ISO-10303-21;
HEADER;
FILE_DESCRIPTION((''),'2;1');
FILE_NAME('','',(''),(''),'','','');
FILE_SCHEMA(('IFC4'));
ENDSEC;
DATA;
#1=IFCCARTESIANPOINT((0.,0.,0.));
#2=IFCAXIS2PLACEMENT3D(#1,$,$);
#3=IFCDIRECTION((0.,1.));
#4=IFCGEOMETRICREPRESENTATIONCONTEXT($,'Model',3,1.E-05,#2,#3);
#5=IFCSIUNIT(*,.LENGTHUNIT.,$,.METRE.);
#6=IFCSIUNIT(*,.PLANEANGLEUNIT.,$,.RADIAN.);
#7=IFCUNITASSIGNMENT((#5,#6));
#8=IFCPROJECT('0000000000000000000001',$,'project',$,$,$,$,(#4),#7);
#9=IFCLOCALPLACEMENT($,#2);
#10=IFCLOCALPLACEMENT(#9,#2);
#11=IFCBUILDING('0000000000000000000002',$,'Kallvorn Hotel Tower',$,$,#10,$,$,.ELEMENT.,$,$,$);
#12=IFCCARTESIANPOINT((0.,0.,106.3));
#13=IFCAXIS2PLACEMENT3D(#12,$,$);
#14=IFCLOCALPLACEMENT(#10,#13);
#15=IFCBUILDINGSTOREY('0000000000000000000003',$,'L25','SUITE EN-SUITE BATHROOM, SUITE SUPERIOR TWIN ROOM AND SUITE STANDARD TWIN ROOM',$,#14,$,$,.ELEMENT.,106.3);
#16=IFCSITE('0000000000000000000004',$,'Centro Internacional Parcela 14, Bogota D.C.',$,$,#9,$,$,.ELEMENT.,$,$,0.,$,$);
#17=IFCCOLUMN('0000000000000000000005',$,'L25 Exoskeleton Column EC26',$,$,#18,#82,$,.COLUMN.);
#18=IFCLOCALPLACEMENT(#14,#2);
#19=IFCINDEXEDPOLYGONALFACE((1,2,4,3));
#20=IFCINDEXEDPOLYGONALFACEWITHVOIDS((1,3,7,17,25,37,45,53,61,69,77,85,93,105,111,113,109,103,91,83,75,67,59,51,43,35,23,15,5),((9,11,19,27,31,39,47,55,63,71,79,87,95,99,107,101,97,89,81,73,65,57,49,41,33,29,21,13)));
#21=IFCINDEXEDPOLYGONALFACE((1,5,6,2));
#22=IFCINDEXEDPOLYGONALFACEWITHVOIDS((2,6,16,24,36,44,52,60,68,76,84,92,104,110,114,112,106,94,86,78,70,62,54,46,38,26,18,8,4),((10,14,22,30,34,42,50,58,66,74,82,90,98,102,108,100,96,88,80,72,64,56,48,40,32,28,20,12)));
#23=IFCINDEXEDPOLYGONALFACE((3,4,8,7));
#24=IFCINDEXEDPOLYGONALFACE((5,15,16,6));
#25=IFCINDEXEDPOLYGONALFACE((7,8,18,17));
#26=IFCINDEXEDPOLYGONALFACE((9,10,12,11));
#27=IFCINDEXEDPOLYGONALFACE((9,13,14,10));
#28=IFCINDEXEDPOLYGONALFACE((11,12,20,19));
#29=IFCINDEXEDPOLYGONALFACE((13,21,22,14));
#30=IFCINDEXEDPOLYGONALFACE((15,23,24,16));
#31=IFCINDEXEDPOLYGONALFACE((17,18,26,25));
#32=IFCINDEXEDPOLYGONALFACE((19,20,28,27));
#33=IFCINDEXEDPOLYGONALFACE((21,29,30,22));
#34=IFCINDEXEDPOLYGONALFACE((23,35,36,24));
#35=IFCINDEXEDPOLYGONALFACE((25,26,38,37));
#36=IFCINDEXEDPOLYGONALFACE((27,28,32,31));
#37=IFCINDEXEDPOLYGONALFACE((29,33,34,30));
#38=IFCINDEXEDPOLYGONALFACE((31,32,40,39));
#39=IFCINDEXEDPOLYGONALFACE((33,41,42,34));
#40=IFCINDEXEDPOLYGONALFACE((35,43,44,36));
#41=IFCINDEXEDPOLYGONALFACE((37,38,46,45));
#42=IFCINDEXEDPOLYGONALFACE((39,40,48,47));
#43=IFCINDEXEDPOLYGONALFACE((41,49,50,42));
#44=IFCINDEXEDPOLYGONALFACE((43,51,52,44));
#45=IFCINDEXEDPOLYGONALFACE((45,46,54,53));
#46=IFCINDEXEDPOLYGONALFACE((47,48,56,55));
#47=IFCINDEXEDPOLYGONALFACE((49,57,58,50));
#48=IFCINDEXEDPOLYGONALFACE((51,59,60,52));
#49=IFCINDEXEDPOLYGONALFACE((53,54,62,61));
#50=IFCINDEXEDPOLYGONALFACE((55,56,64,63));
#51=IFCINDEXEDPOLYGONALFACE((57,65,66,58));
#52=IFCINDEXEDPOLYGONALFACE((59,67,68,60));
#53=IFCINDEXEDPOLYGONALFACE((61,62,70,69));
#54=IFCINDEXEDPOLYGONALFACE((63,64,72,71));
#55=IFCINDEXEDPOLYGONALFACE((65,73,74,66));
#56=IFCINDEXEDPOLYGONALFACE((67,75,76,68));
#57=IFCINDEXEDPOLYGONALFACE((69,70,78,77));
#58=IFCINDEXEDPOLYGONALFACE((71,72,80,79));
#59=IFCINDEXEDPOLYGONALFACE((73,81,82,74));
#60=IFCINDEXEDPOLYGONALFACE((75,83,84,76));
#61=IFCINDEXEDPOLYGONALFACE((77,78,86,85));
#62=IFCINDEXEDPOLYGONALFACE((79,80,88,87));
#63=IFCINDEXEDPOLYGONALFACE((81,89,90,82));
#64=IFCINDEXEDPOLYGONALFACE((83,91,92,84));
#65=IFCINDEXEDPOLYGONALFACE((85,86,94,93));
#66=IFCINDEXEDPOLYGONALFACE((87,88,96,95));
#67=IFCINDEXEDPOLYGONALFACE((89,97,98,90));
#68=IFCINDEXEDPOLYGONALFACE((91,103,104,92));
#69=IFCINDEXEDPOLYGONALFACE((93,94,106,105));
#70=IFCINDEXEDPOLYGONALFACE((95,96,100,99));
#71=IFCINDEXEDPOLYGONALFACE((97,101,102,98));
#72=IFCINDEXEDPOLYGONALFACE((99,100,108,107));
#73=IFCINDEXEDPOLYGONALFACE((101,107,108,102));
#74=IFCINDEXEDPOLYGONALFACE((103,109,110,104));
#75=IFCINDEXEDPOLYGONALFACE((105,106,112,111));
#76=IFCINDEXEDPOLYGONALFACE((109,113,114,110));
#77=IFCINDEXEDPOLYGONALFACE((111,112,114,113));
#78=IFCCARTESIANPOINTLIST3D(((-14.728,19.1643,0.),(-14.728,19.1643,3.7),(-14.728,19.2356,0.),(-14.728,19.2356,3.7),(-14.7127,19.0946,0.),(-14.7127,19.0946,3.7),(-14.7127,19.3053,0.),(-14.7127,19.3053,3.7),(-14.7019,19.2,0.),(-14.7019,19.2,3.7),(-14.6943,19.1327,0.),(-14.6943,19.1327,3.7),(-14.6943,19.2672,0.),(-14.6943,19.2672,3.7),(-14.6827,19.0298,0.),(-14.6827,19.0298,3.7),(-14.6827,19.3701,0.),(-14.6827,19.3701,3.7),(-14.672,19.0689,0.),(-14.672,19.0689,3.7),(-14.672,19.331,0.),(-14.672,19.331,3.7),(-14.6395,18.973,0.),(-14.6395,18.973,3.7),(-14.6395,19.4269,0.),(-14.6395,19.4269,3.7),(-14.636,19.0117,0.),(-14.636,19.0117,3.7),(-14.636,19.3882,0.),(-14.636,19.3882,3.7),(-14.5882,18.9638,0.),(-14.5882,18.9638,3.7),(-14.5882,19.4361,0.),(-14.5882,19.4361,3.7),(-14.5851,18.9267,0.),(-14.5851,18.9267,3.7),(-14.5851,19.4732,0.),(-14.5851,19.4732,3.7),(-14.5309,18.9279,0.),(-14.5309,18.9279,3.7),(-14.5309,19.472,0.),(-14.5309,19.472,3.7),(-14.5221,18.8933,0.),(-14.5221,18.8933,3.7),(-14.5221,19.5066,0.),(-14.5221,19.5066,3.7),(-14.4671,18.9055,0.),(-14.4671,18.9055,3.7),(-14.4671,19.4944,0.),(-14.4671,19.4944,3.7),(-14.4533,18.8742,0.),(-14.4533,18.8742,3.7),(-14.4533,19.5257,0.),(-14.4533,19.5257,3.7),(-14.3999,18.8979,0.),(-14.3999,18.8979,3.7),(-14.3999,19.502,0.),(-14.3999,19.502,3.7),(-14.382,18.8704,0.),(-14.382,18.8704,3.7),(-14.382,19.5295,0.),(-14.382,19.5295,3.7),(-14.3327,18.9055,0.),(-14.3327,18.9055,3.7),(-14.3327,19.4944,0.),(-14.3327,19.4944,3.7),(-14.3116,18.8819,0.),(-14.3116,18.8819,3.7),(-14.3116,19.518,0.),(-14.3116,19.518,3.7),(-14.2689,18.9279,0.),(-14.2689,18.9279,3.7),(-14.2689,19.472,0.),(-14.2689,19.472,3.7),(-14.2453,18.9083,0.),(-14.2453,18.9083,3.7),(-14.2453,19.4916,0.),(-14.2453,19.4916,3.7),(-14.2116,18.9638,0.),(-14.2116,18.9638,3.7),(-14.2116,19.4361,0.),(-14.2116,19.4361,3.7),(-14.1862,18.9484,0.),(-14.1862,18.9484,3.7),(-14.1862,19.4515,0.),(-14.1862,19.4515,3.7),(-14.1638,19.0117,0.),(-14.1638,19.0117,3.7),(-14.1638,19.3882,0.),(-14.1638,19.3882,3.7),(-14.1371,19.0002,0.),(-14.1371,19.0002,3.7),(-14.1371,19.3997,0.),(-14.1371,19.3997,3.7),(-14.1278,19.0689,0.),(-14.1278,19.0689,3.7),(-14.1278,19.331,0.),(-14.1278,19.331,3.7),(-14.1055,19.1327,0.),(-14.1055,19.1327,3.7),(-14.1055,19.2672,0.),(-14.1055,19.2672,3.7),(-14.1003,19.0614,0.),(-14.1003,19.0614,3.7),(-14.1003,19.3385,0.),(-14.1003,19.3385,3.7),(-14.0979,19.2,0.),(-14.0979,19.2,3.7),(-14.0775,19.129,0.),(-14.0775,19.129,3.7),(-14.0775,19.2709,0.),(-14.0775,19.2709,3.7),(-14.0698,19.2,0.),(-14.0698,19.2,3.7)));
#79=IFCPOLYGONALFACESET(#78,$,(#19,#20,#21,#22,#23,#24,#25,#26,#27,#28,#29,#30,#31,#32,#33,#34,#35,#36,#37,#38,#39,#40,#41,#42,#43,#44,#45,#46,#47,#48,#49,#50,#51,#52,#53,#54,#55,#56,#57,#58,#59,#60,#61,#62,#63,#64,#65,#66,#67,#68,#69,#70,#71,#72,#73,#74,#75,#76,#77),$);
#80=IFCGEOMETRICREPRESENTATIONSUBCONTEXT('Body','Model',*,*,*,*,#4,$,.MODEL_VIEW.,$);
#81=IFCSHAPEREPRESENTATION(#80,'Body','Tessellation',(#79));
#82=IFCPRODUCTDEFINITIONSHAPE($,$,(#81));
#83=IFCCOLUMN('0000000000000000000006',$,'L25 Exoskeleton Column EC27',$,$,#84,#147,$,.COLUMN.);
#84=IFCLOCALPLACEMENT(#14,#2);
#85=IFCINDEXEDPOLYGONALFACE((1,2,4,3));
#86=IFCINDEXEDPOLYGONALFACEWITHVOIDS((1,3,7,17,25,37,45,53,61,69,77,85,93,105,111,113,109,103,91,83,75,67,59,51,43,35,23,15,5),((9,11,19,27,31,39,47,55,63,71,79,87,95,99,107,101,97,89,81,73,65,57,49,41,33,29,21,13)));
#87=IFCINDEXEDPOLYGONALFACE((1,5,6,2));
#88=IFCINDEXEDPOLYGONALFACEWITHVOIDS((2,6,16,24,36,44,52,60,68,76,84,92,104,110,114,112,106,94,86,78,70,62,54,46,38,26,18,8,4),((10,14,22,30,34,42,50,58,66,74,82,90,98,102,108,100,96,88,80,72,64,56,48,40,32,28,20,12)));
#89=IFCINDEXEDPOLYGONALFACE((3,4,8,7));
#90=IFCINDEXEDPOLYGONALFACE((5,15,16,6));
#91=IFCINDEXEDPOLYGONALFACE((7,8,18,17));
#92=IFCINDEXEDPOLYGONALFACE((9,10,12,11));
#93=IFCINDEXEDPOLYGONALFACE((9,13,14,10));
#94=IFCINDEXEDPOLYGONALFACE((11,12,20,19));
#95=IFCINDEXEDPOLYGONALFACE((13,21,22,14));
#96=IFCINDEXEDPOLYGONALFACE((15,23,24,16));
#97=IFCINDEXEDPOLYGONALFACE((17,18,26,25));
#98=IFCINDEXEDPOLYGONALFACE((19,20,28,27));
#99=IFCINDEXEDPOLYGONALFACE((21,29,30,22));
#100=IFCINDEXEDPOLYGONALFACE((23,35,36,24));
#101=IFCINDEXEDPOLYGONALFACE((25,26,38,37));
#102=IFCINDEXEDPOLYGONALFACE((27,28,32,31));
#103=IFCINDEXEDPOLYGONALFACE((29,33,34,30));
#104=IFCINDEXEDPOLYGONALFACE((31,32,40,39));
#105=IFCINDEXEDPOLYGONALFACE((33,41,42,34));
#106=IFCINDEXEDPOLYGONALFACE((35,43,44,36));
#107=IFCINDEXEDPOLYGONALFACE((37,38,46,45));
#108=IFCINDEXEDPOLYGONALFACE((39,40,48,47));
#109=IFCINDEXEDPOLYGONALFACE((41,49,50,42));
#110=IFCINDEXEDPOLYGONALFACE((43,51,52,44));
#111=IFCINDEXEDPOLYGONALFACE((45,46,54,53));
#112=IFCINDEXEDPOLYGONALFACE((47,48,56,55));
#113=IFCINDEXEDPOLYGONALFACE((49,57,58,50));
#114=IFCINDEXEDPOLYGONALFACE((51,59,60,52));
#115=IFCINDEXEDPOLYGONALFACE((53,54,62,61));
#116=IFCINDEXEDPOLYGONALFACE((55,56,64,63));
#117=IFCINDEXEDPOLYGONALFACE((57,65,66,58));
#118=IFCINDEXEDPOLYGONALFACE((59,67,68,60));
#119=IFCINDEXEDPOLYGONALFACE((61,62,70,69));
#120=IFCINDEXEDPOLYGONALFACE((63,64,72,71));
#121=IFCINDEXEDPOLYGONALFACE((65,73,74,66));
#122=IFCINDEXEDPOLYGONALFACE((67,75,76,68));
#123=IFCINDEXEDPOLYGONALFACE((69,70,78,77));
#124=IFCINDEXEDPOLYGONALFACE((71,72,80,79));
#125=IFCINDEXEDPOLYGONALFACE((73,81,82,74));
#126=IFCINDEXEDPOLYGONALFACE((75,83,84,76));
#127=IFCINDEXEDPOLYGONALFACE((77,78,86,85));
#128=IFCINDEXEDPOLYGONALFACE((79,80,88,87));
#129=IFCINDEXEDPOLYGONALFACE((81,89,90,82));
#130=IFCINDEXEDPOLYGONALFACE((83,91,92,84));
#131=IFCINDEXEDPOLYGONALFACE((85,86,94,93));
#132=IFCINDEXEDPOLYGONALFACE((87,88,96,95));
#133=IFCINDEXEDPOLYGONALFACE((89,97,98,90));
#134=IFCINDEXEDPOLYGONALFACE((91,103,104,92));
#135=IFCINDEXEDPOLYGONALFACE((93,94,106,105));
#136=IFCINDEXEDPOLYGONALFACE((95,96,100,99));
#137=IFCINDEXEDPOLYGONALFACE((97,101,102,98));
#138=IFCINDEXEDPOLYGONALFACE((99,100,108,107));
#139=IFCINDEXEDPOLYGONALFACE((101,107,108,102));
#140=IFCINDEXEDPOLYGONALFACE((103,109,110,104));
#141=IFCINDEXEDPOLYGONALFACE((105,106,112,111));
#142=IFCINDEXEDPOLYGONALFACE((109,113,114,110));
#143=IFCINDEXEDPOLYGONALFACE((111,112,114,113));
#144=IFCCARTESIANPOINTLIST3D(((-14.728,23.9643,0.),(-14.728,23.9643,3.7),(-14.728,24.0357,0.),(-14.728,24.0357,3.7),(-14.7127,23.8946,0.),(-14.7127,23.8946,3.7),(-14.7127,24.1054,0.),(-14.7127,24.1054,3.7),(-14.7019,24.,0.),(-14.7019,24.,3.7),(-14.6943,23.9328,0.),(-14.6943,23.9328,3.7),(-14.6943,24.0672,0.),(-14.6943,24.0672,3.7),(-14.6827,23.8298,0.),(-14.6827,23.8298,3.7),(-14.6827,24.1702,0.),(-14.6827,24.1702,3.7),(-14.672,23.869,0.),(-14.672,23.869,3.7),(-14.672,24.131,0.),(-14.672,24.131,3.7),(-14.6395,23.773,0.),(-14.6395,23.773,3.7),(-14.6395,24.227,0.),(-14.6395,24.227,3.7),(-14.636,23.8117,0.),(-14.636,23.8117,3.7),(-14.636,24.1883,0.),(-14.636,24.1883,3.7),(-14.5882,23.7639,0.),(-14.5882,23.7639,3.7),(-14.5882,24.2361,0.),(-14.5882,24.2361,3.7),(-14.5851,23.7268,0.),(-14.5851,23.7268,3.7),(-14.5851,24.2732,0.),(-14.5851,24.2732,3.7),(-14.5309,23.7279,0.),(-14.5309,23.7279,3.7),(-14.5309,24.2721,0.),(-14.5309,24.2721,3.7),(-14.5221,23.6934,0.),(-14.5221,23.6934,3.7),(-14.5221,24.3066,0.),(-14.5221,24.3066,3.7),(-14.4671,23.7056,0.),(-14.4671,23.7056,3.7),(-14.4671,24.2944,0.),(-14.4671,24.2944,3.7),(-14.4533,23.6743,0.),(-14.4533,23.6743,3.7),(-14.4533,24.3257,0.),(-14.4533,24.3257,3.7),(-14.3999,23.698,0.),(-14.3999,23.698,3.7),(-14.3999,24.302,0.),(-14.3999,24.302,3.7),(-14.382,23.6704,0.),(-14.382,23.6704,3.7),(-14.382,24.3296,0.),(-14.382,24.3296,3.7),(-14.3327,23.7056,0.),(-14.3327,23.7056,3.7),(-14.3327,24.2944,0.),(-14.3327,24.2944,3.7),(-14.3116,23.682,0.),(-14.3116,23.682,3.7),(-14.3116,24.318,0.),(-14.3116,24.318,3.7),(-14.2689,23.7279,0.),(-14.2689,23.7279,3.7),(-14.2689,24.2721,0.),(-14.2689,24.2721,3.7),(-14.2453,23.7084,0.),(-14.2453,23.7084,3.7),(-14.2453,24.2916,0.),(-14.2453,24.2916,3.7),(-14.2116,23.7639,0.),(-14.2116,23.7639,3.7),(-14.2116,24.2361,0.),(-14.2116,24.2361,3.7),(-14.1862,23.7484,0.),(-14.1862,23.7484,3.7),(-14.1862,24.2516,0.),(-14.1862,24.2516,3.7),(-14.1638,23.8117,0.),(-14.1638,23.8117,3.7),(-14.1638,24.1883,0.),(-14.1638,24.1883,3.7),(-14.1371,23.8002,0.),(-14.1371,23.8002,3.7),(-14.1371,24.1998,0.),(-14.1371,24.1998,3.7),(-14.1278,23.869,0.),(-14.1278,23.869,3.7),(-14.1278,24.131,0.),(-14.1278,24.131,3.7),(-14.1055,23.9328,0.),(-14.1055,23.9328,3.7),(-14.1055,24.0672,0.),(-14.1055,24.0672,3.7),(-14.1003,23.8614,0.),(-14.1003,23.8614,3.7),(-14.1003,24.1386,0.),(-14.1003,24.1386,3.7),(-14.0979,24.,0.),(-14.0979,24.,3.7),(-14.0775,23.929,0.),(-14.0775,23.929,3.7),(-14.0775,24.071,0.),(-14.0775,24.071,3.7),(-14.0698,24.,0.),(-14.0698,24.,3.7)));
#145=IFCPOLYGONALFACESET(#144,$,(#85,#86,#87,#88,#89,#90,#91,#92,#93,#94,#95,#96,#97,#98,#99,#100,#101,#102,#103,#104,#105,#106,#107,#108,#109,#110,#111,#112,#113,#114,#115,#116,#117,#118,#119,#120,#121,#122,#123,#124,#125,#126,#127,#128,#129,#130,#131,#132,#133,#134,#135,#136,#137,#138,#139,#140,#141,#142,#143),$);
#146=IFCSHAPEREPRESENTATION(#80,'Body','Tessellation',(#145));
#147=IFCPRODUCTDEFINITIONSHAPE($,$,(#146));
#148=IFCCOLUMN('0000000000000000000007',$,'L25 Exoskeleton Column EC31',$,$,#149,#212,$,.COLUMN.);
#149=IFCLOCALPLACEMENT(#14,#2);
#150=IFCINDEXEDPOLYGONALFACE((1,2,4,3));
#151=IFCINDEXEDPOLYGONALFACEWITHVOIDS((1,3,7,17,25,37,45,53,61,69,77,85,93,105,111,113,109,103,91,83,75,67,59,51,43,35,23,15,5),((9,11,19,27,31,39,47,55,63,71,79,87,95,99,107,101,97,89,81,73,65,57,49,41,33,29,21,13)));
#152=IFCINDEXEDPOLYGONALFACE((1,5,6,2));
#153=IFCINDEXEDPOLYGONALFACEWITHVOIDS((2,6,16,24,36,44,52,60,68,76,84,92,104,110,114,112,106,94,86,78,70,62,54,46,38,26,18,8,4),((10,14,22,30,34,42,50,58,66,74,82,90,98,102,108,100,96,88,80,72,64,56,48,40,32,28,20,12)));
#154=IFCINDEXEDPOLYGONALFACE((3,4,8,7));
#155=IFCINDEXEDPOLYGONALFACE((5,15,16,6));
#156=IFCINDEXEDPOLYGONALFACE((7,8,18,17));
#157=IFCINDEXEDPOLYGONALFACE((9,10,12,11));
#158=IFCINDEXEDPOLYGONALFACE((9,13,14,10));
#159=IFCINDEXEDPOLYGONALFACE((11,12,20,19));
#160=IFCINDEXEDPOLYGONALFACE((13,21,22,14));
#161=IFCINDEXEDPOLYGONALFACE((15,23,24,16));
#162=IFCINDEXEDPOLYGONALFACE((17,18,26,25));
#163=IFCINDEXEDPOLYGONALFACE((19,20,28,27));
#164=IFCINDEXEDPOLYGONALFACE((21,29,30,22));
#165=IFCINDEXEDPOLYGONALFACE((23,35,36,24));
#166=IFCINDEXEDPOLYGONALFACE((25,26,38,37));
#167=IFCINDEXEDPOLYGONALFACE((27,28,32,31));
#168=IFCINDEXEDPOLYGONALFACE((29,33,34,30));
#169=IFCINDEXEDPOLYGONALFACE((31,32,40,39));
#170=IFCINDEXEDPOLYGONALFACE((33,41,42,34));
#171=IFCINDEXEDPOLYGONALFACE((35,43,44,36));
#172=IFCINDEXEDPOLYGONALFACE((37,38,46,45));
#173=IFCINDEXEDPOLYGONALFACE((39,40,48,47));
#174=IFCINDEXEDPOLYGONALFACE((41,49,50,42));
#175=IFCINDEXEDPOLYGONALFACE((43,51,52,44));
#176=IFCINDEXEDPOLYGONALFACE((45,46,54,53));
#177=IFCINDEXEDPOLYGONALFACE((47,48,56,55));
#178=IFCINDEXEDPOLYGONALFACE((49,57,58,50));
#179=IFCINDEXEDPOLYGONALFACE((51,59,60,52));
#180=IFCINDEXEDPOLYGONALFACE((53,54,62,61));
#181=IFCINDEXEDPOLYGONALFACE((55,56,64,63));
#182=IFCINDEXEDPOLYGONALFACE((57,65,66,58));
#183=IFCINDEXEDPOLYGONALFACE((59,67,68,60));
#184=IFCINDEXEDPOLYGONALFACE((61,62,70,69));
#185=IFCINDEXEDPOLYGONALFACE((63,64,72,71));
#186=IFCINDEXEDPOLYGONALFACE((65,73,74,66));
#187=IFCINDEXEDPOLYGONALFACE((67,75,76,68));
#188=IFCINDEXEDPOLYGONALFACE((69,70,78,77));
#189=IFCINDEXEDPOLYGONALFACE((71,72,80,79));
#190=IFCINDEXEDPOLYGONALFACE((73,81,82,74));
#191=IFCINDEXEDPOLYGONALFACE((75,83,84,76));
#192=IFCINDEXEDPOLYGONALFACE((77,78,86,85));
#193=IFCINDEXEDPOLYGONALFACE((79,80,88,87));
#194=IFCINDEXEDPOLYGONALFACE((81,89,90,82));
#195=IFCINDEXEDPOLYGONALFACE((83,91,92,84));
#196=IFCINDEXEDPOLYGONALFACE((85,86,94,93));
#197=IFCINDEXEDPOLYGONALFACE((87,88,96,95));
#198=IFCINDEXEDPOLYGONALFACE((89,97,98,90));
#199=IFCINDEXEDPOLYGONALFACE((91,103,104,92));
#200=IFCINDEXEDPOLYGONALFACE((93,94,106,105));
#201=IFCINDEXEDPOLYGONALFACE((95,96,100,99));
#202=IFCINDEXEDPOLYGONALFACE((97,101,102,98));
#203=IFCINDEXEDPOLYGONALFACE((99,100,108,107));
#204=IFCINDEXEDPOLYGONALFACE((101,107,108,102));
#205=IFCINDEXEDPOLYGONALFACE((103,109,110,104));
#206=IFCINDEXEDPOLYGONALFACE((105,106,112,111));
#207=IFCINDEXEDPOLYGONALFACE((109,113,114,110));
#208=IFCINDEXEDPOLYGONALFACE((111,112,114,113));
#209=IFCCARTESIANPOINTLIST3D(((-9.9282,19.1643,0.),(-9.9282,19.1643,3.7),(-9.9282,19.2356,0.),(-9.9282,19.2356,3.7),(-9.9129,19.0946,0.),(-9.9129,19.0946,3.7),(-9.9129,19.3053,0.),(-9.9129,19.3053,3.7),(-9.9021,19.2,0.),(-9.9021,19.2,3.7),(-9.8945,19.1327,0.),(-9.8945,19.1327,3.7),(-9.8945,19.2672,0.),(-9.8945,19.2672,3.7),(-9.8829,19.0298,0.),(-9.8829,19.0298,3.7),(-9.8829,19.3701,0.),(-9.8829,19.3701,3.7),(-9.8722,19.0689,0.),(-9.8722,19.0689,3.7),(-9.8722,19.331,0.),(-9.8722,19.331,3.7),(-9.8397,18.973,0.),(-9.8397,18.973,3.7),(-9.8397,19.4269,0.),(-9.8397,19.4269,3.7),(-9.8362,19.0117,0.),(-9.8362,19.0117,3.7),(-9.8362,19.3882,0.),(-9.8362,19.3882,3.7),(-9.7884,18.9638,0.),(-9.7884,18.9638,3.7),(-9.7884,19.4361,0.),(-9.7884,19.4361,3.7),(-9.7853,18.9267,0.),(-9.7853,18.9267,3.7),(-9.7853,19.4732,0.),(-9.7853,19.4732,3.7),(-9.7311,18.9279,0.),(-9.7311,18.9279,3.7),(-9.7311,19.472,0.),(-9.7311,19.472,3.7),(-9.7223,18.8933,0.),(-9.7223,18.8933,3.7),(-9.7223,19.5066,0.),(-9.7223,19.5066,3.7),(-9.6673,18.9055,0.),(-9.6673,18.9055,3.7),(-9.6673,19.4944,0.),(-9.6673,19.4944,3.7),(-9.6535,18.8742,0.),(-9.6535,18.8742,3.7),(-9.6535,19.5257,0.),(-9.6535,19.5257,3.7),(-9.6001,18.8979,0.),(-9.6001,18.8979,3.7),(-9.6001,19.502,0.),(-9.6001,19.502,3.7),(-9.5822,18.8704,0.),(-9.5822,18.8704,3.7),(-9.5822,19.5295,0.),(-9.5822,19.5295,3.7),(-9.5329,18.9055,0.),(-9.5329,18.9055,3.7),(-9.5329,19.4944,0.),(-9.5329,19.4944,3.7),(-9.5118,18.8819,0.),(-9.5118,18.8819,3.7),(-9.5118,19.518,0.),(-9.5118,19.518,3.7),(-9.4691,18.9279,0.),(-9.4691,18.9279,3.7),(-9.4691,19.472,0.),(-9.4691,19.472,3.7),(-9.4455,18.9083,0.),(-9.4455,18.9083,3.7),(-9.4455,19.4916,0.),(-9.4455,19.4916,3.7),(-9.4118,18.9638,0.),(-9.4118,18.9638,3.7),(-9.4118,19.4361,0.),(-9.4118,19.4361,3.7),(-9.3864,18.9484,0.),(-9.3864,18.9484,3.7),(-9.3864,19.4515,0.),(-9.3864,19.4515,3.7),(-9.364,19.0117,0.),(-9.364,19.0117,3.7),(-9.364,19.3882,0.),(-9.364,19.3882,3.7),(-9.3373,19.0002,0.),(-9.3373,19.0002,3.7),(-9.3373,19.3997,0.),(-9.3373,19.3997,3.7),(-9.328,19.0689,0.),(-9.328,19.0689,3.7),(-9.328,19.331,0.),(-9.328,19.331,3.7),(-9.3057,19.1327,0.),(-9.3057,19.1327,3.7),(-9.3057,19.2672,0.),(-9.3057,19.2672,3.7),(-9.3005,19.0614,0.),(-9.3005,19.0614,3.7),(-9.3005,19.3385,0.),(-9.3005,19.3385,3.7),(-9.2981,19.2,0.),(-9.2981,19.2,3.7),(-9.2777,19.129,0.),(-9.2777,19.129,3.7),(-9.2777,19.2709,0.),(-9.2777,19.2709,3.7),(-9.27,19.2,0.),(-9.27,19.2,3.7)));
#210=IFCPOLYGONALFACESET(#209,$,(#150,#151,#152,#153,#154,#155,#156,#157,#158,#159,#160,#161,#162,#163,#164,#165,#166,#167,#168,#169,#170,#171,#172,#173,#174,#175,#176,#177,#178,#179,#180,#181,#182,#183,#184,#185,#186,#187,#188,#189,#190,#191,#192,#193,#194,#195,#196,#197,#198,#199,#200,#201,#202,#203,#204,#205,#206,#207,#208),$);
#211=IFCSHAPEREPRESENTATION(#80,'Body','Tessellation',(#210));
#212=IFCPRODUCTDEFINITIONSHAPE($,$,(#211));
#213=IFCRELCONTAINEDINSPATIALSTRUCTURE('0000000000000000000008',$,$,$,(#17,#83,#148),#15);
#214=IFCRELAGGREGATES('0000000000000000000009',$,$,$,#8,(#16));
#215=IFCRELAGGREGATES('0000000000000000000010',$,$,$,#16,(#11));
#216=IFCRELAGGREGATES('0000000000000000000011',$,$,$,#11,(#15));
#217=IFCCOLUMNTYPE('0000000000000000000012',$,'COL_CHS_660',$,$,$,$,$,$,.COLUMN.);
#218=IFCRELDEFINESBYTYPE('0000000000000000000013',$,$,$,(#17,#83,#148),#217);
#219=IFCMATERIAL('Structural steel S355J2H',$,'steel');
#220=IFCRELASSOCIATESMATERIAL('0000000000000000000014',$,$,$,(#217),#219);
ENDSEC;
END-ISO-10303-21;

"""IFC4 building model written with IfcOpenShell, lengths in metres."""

from ifc_helpers import new_model, si_unit, direction, frame, origin, origin_2d, place, context, subcontext, project, spatial, hollow_circle, extrude, material, material_profile, profile_set, type_object, element, save


model = new_model("IFC4")

# Units and contexts
model_context = context("Model", 3, precision=1e-05, world=origin(), true_north=direction((0.0, 1.0)))
body_context = subcontext(model_context, "Body", "Model", "MODEL_VIEW")
ifc_project = project(units=[si_unit("LENGTHUNIT", "METRE"), si_unit("PLANEANGLEUNIT", "RADIAN")], contexts=[model_context])

# Site, building, storey
site_placement = place(None, origin())
site = spatial("IfcSite", under=ifc_project, at=site_placement, Name="Centro Internacional Parcela 14, Bogota D.C.", CompositionType="ELEMENT", RefElevation=0.0)
building_placement = place(site_placement, origin())
building = spatial("IfcBuilding", under=site, at=building_placement, Name="Kallvorn Hotel Tower", CompositionType="ELEMENT")
storey_placement = place(building_placement, frame((0.0, 0.0, 106.3)))
storey = spatial("IfcBuildingStorey", under=building, at=storey_placement, Name="L25", Description="SUITE EN-SUITE BATHROOM, SUITE SUPERIOR TWIN ROOM AND SUITE STANDARD TWIN ROOM", CompositionType="ELEMENT", Elevation=106.3)

# Columns
ifc_material_1 = material(Name="Structural steel S355J2H", Category="steel")
ifc_material_profile_1 = material_profile(ifc_material_1, hollow_circle(Radius=0.3301, WallThickness=0.0281, at=origin_2d()), Name="CHS 660x28")
ifc_profile_set_1 = profile_set([ifc_material_profile_1], Name="Structural steel S355J2H")
column_type_1 = type_object("IfcColumnType", Name="COL_CHS_660", PredefinedType="COLUMN", material=ifc_profile_set_1)
for number, where, z_axis, x_axis, name in (
    (1, (-14.3999, 19.2, 0.0), (0.0, 0.0, 1.0), (1.0, 0.0, 0.0), "L25 Exoskeleton Column EC26"),
    (2, (-14.3999, 24.0, 0.0), (0.0, 0.0, 1.0), (1.0, 0.0, 0.0), "L25 Exoskeleton Column EC27"),
    (3, (-9.6001, 19.2, 0.0), (0.0, 0.0, 1.0), (1.0, 0.0, 0.0), "L25 Exoskeleton Column EC31"),
):
    element("IfcColumn", number, at=place(storey_placement, frame(where, z_axis=z_axis, x_axis=x_axis)), inside=storey, type_object=column_type_1, Name=name, PredefinedType="COLUMN", context=body_context, shape_type="SweptSolid", body=[
        extrude(hollow_circle(Radius=0.3301, WallThickness=0.0281, at=origin_2d()), origin(), (0.0, 0.0, 1.0), 3.7),
    ])

save(model, "model.ifc")
